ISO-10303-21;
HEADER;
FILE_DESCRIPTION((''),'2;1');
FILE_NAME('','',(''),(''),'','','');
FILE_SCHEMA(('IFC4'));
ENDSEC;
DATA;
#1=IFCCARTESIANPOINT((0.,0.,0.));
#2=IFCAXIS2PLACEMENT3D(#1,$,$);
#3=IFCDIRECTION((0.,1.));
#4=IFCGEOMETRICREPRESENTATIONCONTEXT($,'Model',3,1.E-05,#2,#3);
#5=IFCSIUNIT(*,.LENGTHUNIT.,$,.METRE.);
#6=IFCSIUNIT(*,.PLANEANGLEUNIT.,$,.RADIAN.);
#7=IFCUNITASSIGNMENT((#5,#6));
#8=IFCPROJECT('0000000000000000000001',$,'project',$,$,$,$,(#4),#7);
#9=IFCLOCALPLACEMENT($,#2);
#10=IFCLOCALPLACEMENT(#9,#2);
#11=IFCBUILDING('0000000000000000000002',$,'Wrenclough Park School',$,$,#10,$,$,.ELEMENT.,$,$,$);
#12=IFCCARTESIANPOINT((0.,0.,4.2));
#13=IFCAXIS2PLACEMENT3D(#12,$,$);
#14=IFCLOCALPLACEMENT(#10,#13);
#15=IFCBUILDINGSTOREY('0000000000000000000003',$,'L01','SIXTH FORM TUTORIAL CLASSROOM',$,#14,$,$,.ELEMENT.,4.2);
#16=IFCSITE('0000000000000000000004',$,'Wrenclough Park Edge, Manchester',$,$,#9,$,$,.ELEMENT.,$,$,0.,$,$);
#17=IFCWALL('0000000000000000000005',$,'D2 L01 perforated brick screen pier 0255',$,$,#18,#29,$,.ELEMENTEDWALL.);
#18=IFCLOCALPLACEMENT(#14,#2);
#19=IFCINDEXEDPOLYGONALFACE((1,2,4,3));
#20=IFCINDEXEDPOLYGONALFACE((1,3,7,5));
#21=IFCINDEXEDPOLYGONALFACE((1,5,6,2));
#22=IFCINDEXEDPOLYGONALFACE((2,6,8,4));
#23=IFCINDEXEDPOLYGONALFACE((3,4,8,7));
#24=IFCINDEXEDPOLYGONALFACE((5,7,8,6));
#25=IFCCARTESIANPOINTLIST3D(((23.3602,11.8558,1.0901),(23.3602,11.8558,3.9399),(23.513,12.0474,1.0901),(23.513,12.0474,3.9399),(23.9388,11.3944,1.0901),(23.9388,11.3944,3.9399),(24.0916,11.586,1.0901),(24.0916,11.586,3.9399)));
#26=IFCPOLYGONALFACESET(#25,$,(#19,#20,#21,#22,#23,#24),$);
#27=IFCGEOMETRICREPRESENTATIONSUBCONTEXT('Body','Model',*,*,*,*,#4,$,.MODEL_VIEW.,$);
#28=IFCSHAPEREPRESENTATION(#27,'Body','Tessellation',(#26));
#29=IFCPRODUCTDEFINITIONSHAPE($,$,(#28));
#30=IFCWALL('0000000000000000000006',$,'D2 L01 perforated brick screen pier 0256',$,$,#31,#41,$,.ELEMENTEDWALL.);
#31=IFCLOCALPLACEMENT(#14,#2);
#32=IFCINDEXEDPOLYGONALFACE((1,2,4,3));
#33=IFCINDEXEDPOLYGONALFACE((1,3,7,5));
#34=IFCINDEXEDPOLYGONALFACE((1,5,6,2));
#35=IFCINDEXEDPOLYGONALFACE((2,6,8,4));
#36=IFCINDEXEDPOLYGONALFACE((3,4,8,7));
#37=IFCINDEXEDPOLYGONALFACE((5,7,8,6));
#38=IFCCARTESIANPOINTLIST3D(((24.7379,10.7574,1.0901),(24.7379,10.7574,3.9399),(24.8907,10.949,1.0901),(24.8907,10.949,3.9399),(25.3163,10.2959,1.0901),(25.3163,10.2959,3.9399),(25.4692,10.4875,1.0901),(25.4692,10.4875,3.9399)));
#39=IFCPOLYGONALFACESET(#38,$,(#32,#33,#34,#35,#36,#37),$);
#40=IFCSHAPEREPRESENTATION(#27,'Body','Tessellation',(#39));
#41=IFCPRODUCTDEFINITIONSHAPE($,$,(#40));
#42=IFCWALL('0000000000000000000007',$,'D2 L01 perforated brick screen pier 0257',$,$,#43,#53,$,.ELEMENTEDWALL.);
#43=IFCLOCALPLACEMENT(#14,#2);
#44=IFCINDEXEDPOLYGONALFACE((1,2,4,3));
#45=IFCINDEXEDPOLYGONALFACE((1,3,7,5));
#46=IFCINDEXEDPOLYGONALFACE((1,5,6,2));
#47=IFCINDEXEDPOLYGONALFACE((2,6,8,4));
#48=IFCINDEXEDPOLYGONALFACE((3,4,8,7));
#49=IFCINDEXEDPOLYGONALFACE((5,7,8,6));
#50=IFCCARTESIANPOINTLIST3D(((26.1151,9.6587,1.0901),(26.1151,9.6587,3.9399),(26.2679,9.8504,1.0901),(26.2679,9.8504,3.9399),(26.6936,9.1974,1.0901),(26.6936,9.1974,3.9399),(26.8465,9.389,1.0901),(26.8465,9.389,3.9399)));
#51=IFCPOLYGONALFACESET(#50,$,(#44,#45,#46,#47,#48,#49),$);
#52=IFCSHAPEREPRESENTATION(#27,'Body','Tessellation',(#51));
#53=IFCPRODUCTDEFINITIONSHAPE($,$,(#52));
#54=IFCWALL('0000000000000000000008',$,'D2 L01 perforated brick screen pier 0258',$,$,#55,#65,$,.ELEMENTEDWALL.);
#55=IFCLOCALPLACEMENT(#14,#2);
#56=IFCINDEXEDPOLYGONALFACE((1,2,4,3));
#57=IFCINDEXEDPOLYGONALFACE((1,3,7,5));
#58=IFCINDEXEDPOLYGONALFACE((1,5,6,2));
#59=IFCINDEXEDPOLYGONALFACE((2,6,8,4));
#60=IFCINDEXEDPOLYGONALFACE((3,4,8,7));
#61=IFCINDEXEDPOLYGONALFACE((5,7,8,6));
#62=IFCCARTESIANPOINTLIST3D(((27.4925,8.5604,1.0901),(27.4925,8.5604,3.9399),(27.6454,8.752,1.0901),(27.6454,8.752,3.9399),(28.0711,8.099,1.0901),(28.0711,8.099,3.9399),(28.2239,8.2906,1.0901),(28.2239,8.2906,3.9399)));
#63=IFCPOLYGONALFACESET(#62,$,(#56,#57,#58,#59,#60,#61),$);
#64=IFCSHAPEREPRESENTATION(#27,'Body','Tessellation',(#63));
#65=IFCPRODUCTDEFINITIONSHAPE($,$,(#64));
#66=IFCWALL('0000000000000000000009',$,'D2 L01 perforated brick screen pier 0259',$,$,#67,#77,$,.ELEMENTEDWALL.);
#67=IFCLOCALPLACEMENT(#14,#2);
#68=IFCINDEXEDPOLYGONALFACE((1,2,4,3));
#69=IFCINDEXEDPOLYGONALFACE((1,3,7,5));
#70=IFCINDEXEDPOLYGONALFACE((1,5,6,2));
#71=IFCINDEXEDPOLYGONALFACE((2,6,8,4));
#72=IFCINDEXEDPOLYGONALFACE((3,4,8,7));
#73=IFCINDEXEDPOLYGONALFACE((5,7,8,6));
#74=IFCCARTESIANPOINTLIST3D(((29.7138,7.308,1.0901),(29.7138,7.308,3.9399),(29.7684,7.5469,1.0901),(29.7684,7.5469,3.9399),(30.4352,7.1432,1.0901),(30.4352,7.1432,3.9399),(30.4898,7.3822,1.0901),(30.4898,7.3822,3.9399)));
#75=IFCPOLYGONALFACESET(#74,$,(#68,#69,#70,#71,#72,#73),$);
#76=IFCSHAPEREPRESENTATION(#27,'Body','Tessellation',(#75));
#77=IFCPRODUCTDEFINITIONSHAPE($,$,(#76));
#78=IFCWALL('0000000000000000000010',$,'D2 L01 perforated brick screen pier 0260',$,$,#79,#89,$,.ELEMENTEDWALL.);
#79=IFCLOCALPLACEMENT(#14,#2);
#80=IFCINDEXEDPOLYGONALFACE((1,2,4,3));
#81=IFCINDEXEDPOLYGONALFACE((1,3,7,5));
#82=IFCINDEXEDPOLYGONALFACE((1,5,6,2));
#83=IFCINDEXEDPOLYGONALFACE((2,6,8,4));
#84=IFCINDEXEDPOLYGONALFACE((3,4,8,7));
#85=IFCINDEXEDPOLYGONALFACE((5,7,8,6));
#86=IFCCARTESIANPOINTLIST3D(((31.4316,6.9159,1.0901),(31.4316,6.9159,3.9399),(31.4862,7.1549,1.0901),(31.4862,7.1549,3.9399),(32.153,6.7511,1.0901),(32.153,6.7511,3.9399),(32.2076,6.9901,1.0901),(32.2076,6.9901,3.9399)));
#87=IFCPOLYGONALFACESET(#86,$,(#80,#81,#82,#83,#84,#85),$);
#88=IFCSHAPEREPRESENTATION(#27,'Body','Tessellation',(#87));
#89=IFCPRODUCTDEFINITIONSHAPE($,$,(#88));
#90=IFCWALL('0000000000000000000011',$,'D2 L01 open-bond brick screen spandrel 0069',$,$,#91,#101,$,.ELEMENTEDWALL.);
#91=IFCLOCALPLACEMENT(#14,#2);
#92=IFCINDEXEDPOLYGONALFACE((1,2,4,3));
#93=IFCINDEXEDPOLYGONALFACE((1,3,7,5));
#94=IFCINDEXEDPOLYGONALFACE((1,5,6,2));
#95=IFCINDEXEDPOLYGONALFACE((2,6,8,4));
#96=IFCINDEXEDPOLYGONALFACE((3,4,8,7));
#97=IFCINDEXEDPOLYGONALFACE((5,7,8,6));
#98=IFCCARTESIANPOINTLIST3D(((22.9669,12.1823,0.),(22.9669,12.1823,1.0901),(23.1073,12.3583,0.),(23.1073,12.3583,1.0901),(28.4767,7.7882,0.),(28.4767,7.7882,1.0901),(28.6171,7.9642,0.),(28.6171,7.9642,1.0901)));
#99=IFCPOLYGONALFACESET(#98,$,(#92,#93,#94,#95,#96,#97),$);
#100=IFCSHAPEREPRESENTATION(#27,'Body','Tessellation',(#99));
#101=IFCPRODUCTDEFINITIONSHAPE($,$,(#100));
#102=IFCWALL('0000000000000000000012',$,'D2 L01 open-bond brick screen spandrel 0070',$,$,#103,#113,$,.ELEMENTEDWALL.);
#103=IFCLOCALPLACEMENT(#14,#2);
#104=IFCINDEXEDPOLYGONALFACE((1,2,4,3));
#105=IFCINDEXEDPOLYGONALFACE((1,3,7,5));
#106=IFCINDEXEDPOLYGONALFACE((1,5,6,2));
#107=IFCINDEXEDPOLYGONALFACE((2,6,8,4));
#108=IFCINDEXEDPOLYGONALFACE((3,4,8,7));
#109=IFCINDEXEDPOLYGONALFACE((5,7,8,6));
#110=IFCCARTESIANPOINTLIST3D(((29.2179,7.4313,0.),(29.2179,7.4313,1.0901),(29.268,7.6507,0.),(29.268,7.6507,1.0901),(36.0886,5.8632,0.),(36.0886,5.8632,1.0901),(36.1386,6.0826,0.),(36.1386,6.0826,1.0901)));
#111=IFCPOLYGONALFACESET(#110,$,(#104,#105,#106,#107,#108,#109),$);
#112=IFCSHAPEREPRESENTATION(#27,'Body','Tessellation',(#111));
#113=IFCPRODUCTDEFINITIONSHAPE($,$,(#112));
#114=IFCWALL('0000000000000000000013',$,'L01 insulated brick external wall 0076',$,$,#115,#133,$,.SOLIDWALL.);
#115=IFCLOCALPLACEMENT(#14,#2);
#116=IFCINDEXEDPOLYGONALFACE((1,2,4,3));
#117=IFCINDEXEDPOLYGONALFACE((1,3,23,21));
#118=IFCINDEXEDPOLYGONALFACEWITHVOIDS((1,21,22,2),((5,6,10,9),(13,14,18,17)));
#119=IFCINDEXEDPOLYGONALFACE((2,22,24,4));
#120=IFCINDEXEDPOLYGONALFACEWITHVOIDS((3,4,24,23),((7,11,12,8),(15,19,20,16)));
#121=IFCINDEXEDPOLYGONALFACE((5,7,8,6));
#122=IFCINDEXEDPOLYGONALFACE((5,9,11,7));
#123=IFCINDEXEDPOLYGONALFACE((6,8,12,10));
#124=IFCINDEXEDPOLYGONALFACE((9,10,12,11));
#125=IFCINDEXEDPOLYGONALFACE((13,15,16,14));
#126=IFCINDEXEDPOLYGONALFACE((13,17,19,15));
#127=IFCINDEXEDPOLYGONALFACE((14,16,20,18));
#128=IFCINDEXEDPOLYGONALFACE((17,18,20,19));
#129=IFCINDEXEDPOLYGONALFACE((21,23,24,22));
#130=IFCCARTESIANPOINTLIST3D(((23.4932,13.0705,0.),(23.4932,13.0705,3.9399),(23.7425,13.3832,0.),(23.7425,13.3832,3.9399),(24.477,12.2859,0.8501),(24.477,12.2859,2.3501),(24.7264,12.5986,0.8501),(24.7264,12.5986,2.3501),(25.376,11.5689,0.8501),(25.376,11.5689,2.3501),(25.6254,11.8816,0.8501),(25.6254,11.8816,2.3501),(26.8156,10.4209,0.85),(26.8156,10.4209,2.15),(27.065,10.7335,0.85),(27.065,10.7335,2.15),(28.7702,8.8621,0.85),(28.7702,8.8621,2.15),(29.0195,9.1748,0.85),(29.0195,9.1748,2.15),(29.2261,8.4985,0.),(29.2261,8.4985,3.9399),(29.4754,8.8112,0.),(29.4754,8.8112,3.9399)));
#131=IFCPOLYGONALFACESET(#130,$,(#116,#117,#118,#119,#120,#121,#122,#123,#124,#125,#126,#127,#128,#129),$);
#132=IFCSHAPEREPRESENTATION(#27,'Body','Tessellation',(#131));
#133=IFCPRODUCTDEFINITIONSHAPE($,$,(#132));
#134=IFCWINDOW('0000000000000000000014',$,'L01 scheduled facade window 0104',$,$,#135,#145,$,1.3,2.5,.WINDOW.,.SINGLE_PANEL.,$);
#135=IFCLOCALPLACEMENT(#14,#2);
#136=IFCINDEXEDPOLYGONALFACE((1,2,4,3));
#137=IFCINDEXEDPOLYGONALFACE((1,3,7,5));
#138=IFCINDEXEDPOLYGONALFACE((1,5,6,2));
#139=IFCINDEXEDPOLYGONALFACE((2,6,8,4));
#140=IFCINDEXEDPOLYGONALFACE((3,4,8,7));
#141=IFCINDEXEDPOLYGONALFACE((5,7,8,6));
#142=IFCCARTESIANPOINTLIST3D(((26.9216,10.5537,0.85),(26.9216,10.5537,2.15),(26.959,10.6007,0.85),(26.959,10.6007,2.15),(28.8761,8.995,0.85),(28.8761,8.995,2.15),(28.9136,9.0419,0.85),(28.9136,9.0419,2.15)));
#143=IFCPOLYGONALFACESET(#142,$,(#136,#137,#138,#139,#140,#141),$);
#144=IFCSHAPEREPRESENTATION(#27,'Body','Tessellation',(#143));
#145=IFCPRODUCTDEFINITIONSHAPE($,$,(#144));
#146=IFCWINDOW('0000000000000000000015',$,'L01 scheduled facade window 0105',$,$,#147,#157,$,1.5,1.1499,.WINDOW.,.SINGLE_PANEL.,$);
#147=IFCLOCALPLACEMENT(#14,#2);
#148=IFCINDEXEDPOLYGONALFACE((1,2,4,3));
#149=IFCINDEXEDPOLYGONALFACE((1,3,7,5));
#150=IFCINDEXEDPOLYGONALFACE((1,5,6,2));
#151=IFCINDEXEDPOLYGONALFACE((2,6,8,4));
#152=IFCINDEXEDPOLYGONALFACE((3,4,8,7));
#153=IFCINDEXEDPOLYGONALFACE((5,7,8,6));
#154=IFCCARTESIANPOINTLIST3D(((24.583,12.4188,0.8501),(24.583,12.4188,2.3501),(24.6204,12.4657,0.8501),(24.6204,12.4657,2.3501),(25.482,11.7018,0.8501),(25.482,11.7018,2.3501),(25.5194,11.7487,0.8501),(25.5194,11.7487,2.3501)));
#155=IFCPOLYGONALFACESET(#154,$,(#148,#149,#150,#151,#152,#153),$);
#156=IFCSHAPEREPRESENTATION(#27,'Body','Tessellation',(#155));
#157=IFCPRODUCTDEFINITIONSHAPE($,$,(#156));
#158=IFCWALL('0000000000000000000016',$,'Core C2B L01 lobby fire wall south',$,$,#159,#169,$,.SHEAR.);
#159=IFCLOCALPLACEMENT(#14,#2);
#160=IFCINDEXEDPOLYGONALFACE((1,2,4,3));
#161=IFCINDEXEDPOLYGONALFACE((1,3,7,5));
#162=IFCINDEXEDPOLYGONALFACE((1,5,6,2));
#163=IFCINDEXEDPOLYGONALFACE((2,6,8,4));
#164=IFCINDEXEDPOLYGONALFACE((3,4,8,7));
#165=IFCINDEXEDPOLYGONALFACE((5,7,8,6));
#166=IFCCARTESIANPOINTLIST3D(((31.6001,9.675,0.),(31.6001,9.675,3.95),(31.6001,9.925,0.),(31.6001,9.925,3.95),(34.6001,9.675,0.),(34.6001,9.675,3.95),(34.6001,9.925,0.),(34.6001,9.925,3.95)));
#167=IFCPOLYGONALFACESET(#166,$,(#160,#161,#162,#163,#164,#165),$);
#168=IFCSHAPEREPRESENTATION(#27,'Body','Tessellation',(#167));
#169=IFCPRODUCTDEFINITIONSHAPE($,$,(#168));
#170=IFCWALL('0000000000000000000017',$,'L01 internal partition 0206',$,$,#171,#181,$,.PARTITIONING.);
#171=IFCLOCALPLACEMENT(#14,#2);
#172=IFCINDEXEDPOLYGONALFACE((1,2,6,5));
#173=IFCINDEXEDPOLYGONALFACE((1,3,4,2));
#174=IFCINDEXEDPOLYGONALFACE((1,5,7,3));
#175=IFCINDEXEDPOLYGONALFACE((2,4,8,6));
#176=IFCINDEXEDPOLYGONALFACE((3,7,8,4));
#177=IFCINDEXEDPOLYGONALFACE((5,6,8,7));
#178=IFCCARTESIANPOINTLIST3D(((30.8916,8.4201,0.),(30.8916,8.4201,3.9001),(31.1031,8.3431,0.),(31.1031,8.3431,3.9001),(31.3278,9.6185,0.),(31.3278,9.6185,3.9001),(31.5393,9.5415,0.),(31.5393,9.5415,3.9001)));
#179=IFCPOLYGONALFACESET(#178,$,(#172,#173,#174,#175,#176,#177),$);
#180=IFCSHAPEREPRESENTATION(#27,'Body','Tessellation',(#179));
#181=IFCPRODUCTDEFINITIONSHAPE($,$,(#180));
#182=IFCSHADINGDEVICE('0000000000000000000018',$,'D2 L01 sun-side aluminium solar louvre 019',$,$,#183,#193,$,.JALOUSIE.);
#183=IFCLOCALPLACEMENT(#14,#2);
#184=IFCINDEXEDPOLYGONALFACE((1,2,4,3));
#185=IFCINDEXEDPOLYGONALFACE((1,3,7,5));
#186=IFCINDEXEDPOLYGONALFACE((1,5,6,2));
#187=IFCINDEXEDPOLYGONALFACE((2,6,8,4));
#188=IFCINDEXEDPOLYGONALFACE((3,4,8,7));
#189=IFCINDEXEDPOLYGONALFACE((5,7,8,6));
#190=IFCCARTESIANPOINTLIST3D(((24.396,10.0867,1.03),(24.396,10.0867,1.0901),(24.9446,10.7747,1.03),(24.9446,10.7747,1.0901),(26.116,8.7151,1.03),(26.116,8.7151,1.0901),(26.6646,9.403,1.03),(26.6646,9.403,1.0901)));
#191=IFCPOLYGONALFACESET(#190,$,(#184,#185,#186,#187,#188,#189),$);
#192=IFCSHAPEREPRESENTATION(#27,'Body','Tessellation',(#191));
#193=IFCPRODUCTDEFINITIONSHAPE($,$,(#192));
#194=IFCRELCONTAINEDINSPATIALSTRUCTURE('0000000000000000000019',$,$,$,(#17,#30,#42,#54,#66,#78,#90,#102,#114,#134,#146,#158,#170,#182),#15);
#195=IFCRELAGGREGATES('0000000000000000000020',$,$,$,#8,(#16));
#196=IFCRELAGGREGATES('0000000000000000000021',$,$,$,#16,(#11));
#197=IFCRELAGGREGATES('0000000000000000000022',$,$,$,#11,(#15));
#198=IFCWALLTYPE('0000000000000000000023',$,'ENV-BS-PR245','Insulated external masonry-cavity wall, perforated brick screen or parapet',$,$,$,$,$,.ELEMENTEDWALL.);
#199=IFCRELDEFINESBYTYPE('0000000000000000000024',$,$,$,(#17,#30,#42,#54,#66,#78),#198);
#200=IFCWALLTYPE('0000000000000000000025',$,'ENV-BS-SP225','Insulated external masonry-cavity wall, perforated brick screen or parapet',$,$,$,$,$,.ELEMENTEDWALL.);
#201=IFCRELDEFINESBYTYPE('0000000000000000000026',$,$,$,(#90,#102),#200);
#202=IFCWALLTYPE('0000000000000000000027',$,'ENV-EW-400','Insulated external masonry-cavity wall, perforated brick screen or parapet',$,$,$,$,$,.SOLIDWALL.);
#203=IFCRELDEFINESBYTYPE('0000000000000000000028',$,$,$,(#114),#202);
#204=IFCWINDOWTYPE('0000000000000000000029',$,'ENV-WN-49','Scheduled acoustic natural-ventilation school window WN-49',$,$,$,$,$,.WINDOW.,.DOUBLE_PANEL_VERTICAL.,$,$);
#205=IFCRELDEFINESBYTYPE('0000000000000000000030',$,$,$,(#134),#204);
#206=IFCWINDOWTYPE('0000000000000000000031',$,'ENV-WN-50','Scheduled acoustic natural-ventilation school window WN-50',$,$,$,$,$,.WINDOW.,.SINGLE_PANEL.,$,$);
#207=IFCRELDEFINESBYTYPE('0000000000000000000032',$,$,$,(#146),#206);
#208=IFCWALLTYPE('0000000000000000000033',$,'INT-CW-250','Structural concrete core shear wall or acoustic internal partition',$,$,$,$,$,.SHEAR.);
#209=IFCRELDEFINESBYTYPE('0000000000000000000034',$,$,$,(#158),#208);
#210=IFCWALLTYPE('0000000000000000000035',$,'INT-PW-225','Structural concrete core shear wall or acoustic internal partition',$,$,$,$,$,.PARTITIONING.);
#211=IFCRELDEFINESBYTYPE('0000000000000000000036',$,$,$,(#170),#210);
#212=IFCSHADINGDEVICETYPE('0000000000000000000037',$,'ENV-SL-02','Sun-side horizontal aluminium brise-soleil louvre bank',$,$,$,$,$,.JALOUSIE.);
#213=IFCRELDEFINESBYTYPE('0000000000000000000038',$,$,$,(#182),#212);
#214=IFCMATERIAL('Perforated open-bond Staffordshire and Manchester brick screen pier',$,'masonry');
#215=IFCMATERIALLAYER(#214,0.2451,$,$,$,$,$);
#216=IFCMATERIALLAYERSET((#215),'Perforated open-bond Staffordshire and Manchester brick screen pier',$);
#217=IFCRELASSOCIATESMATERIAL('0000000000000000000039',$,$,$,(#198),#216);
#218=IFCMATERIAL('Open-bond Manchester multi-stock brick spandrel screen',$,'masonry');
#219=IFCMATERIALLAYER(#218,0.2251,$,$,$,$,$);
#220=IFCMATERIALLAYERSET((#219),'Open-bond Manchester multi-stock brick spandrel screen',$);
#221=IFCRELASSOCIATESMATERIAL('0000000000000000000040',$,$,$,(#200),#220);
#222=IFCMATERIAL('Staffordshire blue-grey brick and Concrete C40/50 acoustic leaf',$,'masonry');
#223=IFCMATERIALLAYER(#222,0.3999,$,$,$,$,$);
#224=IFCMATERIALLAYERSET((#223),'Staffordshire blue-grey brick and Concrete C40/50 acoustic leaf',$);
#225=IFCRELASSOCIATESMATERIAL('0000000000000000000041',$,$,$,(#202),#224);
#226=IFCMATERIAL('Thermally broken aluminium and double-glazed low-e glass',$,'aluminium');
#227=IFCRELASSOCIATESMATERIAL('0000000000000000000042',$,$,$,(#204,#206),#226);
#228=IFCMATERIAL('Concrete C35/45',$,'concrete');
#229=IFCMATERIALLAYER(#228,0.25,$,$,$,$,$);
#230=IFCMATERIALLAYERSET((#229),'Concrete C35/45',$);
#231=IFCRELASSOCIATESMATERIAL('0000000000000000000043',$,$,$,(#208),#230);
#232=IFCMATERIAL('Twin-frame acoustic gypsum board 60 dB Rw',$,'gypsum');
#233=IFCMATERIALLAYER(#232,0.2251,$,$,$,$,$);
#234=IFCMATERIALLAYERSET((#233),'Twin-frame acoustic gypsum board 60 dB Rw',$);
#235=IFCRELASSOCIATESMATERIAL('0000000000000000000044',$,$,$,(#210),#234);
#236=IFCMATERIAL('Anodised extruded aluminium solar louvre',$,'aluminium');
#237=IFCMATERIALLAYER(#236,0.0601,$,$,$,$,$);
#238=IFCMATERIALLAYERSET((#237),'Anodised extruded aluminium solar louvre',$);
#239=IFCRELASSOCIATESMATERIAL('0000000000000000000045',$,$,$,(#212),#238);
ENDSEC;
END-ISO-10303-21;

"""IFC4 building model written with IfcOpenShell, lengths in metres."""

from ifc_helpers import new_model, si_unit, direction, frame, frame_2d, origin, origin_2d, place, context, subcontext, project, spatial, rectangle, extrude, material, layer, layer_set, type_object, element, fill, save


model = new_model("IFC4")

# Units and contexts
model_context = context("Model", 3, precision=1e-05, world=origin(), true_north=direction((0.0, 1.0)))
body_context = subcontext(model_context, "Body", "Model", "MODEL_VIEW")
ifc_project = project(units=[si_unit("LENGTHUNIT", "METRE"), si_unit("PLANEANGLEUNIT", "RADIAN")], contexts=[model_context])

# Site, building, storey
site_placement = place(None, origin())
site = spatial("IfcSite", under=ifc_project, at=site_placement, Name="Wrenclough Park Edge, Manchester", CompositionType="ELEMENT", RefElevation=0.0)
building_placement = place(site_placement, origin())
building = spatial("IfcBuilding", under=site, at=building_placement, Name="Wrenclough Park School", CompositionType="ELEMENT")
storey_placement = place(building_placement, frame((0.0, 0.0, 4.2)))
storey = spatial("IfcBuildingStorey", under=building, at=storey_placement, Name="L01", Description="SIXTH FORM TUTORIAL CLASSROOM", CompositionType="ELEMENT", Elevation=4.2)

# Walls
ifc_material_1 = material(Name="Perforated open-bond Staffordshire and Manchester brick screen pier", Category="masonry")
ifc_layer_1 = layer(ifc_material_1, 0.2451)
ifc_layer_set_1 = layer_set([ifc_layer_1], Name="Perforated open-bond Staffordshire and Manchester brick screen pier")
wall_type_1 = type_object("IfcWallType", Name="ENV-BS-PR245", Description="Insulated external masonry-cavity wall, perforated brick screen or parapet", PredefinedType="ELEMENTEDWALL", material=ifc_layer_set_1)
for number, where, z_axis, x_axis, name in (
    (1, (23.4365, 11.9517, 1.0901), (0.0, 0.0, 1.0), (0.781833, -0.623487, 0.0), "D2 L01 perforated brick screen pier 0255"),
    (2, (24.8142, 10.8533, 1.0901), (0.0, 0.0, 1.0), (0.781705, -0.623648, 0.0), "D2 L01 perforated brick screen pier 0256"),
    (3, (26.1914, 9.7546, 1.0901), (0.0, 0.0, 1.0), (0.781833, -0.623487, 0.0), "D2 L01 perforated brick screen pier 0257"),
    (4, (27.5688, 8.6562, 1.0901), (0.0, 0.0, 1.0), (0.781833, -0.623487, 0.0), "D2 L01 perforated brick screen pier 0258"),
    (5, (29.741, 7.4275, 1.0901), (0.0, 0.0, 1.0), (0.974889, -0.22269, 0.0), "D2 L01 perforated brick screen pier 0259"),
    (6, (31.4587, 7.0354, 1.0901), (0.0, 0.0, 1.0), (0.974889, -0.22269, 0.0), "D2 L01 perforated brick screen pier 0260"),
):
    element("IfcWall", number, at=place(storey_placement, frame(where, z_axis=z_axis, x_axis=x_axis)), inside=storey, type_object=wall_type_1, Name=name, PredefinedType="ELEMENTEDWALL", context=body_context, shape_type="SweptSolid", body=[
        extrude(rectangle(XDim=0.74, YDim=0.2451, at=frame_2d((0.3701, 0.0))), origin(), (0.0, 0.0, 1.0), 2.8499),
    ])
ifc_material_2 = material(Name="Open-bond Manchester multi-stock brick spandrel screen", Category="masonry")
ifc_layer_2 = layer(ifc_material_2, 0.2251)
ifc_layer_set_2 = layer_set([ifc_layer_2], Name="Open-bond Manchester multi-stock brick spandrel screen")
wall_type_2 = type_object("IfcWallType", Name="ENV-BS-SP225", Description="Insulated external masonry-cavity wall, perforated brick screen or parapet", PredefinedType="ELEMENTEDWALL", material=ifc_layer_set_2)
for number, where, z_axis, x_axis, name in (
    (7, (23.0371, 12.2703, 0.0), (0.0, 0.0, 1.0), (0.781821, -0.623503, 0.0), "D2 L01 open-bond brick screen spandrel 0069"),
    (8, (29.2429, 7.541, 0.0), (0.0, 0.0, 1.0), (0.97493, -0.222513, 0.0), "D2 L01 open-bond brick screen spandrel 0070"),
):
    element("IfcWall", number, at=place(storey_placement, frame(where, z_axis=z_axis, x_axis=x_axis)), inside=storey, type_object=wall_type_2, Name=name, PredefinedType="ELEMENTEDWALL", context=body_context, shape_type="SweptSolid", body=[
        extrude(rectangle(XDim=7.0474, YDim=0.2251, at=frame_2d((3.5237, 0.0))), origin(), (0.0, 0.0, 1.0), 1.0901),
    ])

# Wall, openings, windows
ifc_material_3 = material(Name="Staffordshire blue-grey brick and Concrete C40/50 acoustic leaf", Category="masonry")
ifc_layer_3 = layer(ifc_material_3, 0.3999)
ifc_layer_set_3 = layer_set([ifc_layer_3], Name="Staffordshire blue-grey brick and Concrete C40/50 acoustic leaf")
wall_type_3 = type_object("IfcWallType", Name="ENV-EW-400", Description="Insulated external masonry-cavity wall, perforated brick screen or parapet", PredefinedType="SOLIDWALL", material=ifc_layer_set_3)
wall_1_placement = place(storey_placement, frame((29.3508, 8.6548, 0.0), z_axis=(0.0, 0.0, 1.0), x_axis=(-0.78182, 0.623505, 0.0)))
wall_1 = element("IfcWall", 9, at=wall_1_placement, inside=storey, type_object=wall_type_3, Name="L01 insulated brick external wall 0076", PredefinedType="SOLIDWALL", context=body_context, shape_type="SweptSolid", body=[
    extrude(rectangle(XDim=7.3328, YDim=0.3999, at=frame_2d((3.6665, 0.0))), origin(), (0.0, 0.0, 1.0), 3.9399),
])
opening_1_placement = place(wall_1_placement, frame((0.5833, 0.0, 0.8501)))
opening_1 = element("IfcOpeningElement", 10, at=opening_1_placement, cuts=wall_1, PredefinedType="OPENING", context=body_context, shape_type="SweptSolid", body=[
    extrude(rectangle(XDim=2.5, YDim=1.3, at=frame_2d((1.25, 0.6499))), frame((0.0, 0.21, 0.0), z_axis=(0.0, -1.0, 0.0), x_axis=(1.0, 0.0, 0.0)), (0.0, 0.0, 1.0), 0.4199),
])
opening_2_placement = place(wall_1_placement, frame((4.9246, 0.0, 0.8501)))
opening_2 = element("IfcOpeningElement", 11, at=opening_2_placement, cuts=wall_1, PredefinedType="OPENING", context=body_context, shape_type="SweptSolid", body=[
    extrude(rectangle(XDim=1.1499, YDim=1.5, at=frame_2d((0.575, 0.75))), frame((0.0, 0.21, 0.0), z_axis=(0.0, -1.0, 0.0), x_axis=(1.0, 0.0, 0.0)), (0.0, 0.0, 1.0), 0.4199),
])
ifc_material_4 = material(Name="Thermally broken aluminium and double-glazed low-e glass", Category="aluminium")
window_type_1 = type_object("IfcWindowType", Name="ENV-WN-49", Description="Scheduled acoustic natural-ventilation school window WN-49", PartitioningType="DOUBLE_PANEL_VERTICAL", PredefinedType="WINDOW", material=ifc_material_4)
window_1_placement = place(opening_1_placement, origin())
window_1 = element("IfcWindow", 12, at=window_1_placement, inside=storey, type_object=window_type_1, Name="L01 scheduled facade window 0104", OverallHeight=1.3, OverallWidth=2.5, PartitioningType="SINGLE_PANEL", PredefinedType="WINDOW", context=body_context, shape_type="SweptSolid", body=[
    extrude(rectangle(XDim=2.5, YDim=1.3, at=frame_2d((1.25, 0.6499))), frame((0.0, 0.03, 0.0), z_axis=(0.0, -1.0, 0.0), x_axis=(1.0, 0.0, 0.0)), (0.0, 0.0, 1.0), 0.0601),
])
fill(opening_1, window_1)
window_type_2 = type_object("IfcWindowType", Name="ENV-WN-50", Description="Scheduled acoustic natural-ventilation school window WN-50", PartitioningType="SINGLE_PANEL", PredefinedType="WINDOW", material=ifc_material_4)
window_2_placement = place(opening_2_placement, origin())
window_2 = element("IfcWindow", 13, at=window_2_placement, inside=storey, type_object=window_type_2, Name="L01 scheduled facade window 0105", OverallHeight=1.5, OverallWidth=1.1499, PartitioningType="SINGLE_PANEL", PredefinedType="WINDOW", context=body_context, shape_type="SweptSolid", body=[
    extrude(rectangle(XDim=1.1499, YDim=1.5, at=frame_2d((0.575, 0.75))), frame((0.0, 0.03, 0.0), z_axis=(0.0, -1.0, 0.0), x_axis=(1.0, 0.0, 0.0)), (0.0, 0.0, 1.0), 0.0601),
])
fill(opening_2, window_2)

# Walls
ifc_material_5 = material(Name="Concrete C35/45", Category="concrete")
ifc_layer_4 = layer(ifc_material_5, 0.25)
ifc_layer_set_4 = layer_set([ifc_layer_4], Name="Concrete C35/45")
wall_type_4 = type_object("IfcWallType", Name="INT-CW-250", Description="Structural concrete core shear wall or acoustic internal partition", PredefinedType="SHEAR", material=ifc_layer_set_4)
wall_2_placement = place(storey_placement, frame((31.6001, 9.8, 0.0), z_axis=(0.0, 0.0, 1.0), x_axis=(1.0, 0.0, 0.0)))
element("IfcWall", 14, at=wall_2_placement, inside=storey, type_object=wall_type_4, Name="Core C2B L01 lobby fire wall south", PredefinedType="SHEAR", context=body_context, shape_type="SweptSolid", body=[
    extrude(rectangle(XDim=3.0, YDim=0.25, at=frame_2d((1.5, 0.0))), origin(), (0.0, 0.0, 1.0), 3.95),
])
ifc_material_6 = material(Name="Twin-frame acoustic gypsum board 60 dB Rw", Category="gypsum")
ifc_layer_5 = layer(ifc_material_6, 0.2251)
ifc_layer_set_5 = layer_set([ifc_layer_5], Name="Twin-frame acoustic gypsum board 60 dB Rw")
wall_type_5 = type_object("IfcWallType", Name="INT-PW-225", Description="Structural concrete core shear wall or acoustic internal partition", PredefinedType="PARTITIONING", material=ifc_layer_set_5)
wall_3_placement = place(storey_placement, frame((30.9973, 8.3816, 0.0), z_axis=(0.0, 0.0, 1.0), x_axis=(0.342066, 0.939676, 0.0)))
element("IfcWall", 15, at=wall_3_placement, inside=storey, type_object=wall_type_5, Name="L01 internal partition 0206", PredefinedType="PARTITIONING", context=body_context, shape_type="SweptSolid", body=[
    extrude(rectangle(XDim=1.2754, YDim=0.2251, at=frame_2d((0.6377, 0.0))), origin(), (0.0, 0.0, 1.0), 3.9001),
])

# Shading device
ifc_material_7 = material(Name="Anodised extruded aluminium solar louvre", Category="aluminium")
ifc_layer_6 = layer(ifc_material_7, 0.0601)
ifc_layer_set_6 = layer_set([ifc_layer_6], Name="Anodised extruded aluminium solar louvre")
shading_device_type = type_object("IfcShadingDeviceType", Name="ENV-SL-02", Description="Sun-side horizontal aluminium brise-soleil louvre bank", PredefinedType="JALOUSIE", material=ifc_layer_set_6)
shading_device_placement = place(storey_placement, frame((25.5303, 9.7449, 1.03), z_axis=(0.0, 0.0, 1.0), x_axis=(0.781827, -0.623495, 0.0)))
element("IfcShadingDevice", 16, at=shading_device_placement, inside=storey, type_object=shading_device_type, Name="D2 L01 sun-side aluminium solar louvre 019", PredefinedType="JALOUSIE", context=body_context, shape_type="SweptSolid", body=[
    extrude(rectangle(XDim=2.2, YDim=0.8799, at=origin_2d()), origin(), (0.0, 0.0, 1.0), 0.0601),
])

save(model, "model.ifc")
